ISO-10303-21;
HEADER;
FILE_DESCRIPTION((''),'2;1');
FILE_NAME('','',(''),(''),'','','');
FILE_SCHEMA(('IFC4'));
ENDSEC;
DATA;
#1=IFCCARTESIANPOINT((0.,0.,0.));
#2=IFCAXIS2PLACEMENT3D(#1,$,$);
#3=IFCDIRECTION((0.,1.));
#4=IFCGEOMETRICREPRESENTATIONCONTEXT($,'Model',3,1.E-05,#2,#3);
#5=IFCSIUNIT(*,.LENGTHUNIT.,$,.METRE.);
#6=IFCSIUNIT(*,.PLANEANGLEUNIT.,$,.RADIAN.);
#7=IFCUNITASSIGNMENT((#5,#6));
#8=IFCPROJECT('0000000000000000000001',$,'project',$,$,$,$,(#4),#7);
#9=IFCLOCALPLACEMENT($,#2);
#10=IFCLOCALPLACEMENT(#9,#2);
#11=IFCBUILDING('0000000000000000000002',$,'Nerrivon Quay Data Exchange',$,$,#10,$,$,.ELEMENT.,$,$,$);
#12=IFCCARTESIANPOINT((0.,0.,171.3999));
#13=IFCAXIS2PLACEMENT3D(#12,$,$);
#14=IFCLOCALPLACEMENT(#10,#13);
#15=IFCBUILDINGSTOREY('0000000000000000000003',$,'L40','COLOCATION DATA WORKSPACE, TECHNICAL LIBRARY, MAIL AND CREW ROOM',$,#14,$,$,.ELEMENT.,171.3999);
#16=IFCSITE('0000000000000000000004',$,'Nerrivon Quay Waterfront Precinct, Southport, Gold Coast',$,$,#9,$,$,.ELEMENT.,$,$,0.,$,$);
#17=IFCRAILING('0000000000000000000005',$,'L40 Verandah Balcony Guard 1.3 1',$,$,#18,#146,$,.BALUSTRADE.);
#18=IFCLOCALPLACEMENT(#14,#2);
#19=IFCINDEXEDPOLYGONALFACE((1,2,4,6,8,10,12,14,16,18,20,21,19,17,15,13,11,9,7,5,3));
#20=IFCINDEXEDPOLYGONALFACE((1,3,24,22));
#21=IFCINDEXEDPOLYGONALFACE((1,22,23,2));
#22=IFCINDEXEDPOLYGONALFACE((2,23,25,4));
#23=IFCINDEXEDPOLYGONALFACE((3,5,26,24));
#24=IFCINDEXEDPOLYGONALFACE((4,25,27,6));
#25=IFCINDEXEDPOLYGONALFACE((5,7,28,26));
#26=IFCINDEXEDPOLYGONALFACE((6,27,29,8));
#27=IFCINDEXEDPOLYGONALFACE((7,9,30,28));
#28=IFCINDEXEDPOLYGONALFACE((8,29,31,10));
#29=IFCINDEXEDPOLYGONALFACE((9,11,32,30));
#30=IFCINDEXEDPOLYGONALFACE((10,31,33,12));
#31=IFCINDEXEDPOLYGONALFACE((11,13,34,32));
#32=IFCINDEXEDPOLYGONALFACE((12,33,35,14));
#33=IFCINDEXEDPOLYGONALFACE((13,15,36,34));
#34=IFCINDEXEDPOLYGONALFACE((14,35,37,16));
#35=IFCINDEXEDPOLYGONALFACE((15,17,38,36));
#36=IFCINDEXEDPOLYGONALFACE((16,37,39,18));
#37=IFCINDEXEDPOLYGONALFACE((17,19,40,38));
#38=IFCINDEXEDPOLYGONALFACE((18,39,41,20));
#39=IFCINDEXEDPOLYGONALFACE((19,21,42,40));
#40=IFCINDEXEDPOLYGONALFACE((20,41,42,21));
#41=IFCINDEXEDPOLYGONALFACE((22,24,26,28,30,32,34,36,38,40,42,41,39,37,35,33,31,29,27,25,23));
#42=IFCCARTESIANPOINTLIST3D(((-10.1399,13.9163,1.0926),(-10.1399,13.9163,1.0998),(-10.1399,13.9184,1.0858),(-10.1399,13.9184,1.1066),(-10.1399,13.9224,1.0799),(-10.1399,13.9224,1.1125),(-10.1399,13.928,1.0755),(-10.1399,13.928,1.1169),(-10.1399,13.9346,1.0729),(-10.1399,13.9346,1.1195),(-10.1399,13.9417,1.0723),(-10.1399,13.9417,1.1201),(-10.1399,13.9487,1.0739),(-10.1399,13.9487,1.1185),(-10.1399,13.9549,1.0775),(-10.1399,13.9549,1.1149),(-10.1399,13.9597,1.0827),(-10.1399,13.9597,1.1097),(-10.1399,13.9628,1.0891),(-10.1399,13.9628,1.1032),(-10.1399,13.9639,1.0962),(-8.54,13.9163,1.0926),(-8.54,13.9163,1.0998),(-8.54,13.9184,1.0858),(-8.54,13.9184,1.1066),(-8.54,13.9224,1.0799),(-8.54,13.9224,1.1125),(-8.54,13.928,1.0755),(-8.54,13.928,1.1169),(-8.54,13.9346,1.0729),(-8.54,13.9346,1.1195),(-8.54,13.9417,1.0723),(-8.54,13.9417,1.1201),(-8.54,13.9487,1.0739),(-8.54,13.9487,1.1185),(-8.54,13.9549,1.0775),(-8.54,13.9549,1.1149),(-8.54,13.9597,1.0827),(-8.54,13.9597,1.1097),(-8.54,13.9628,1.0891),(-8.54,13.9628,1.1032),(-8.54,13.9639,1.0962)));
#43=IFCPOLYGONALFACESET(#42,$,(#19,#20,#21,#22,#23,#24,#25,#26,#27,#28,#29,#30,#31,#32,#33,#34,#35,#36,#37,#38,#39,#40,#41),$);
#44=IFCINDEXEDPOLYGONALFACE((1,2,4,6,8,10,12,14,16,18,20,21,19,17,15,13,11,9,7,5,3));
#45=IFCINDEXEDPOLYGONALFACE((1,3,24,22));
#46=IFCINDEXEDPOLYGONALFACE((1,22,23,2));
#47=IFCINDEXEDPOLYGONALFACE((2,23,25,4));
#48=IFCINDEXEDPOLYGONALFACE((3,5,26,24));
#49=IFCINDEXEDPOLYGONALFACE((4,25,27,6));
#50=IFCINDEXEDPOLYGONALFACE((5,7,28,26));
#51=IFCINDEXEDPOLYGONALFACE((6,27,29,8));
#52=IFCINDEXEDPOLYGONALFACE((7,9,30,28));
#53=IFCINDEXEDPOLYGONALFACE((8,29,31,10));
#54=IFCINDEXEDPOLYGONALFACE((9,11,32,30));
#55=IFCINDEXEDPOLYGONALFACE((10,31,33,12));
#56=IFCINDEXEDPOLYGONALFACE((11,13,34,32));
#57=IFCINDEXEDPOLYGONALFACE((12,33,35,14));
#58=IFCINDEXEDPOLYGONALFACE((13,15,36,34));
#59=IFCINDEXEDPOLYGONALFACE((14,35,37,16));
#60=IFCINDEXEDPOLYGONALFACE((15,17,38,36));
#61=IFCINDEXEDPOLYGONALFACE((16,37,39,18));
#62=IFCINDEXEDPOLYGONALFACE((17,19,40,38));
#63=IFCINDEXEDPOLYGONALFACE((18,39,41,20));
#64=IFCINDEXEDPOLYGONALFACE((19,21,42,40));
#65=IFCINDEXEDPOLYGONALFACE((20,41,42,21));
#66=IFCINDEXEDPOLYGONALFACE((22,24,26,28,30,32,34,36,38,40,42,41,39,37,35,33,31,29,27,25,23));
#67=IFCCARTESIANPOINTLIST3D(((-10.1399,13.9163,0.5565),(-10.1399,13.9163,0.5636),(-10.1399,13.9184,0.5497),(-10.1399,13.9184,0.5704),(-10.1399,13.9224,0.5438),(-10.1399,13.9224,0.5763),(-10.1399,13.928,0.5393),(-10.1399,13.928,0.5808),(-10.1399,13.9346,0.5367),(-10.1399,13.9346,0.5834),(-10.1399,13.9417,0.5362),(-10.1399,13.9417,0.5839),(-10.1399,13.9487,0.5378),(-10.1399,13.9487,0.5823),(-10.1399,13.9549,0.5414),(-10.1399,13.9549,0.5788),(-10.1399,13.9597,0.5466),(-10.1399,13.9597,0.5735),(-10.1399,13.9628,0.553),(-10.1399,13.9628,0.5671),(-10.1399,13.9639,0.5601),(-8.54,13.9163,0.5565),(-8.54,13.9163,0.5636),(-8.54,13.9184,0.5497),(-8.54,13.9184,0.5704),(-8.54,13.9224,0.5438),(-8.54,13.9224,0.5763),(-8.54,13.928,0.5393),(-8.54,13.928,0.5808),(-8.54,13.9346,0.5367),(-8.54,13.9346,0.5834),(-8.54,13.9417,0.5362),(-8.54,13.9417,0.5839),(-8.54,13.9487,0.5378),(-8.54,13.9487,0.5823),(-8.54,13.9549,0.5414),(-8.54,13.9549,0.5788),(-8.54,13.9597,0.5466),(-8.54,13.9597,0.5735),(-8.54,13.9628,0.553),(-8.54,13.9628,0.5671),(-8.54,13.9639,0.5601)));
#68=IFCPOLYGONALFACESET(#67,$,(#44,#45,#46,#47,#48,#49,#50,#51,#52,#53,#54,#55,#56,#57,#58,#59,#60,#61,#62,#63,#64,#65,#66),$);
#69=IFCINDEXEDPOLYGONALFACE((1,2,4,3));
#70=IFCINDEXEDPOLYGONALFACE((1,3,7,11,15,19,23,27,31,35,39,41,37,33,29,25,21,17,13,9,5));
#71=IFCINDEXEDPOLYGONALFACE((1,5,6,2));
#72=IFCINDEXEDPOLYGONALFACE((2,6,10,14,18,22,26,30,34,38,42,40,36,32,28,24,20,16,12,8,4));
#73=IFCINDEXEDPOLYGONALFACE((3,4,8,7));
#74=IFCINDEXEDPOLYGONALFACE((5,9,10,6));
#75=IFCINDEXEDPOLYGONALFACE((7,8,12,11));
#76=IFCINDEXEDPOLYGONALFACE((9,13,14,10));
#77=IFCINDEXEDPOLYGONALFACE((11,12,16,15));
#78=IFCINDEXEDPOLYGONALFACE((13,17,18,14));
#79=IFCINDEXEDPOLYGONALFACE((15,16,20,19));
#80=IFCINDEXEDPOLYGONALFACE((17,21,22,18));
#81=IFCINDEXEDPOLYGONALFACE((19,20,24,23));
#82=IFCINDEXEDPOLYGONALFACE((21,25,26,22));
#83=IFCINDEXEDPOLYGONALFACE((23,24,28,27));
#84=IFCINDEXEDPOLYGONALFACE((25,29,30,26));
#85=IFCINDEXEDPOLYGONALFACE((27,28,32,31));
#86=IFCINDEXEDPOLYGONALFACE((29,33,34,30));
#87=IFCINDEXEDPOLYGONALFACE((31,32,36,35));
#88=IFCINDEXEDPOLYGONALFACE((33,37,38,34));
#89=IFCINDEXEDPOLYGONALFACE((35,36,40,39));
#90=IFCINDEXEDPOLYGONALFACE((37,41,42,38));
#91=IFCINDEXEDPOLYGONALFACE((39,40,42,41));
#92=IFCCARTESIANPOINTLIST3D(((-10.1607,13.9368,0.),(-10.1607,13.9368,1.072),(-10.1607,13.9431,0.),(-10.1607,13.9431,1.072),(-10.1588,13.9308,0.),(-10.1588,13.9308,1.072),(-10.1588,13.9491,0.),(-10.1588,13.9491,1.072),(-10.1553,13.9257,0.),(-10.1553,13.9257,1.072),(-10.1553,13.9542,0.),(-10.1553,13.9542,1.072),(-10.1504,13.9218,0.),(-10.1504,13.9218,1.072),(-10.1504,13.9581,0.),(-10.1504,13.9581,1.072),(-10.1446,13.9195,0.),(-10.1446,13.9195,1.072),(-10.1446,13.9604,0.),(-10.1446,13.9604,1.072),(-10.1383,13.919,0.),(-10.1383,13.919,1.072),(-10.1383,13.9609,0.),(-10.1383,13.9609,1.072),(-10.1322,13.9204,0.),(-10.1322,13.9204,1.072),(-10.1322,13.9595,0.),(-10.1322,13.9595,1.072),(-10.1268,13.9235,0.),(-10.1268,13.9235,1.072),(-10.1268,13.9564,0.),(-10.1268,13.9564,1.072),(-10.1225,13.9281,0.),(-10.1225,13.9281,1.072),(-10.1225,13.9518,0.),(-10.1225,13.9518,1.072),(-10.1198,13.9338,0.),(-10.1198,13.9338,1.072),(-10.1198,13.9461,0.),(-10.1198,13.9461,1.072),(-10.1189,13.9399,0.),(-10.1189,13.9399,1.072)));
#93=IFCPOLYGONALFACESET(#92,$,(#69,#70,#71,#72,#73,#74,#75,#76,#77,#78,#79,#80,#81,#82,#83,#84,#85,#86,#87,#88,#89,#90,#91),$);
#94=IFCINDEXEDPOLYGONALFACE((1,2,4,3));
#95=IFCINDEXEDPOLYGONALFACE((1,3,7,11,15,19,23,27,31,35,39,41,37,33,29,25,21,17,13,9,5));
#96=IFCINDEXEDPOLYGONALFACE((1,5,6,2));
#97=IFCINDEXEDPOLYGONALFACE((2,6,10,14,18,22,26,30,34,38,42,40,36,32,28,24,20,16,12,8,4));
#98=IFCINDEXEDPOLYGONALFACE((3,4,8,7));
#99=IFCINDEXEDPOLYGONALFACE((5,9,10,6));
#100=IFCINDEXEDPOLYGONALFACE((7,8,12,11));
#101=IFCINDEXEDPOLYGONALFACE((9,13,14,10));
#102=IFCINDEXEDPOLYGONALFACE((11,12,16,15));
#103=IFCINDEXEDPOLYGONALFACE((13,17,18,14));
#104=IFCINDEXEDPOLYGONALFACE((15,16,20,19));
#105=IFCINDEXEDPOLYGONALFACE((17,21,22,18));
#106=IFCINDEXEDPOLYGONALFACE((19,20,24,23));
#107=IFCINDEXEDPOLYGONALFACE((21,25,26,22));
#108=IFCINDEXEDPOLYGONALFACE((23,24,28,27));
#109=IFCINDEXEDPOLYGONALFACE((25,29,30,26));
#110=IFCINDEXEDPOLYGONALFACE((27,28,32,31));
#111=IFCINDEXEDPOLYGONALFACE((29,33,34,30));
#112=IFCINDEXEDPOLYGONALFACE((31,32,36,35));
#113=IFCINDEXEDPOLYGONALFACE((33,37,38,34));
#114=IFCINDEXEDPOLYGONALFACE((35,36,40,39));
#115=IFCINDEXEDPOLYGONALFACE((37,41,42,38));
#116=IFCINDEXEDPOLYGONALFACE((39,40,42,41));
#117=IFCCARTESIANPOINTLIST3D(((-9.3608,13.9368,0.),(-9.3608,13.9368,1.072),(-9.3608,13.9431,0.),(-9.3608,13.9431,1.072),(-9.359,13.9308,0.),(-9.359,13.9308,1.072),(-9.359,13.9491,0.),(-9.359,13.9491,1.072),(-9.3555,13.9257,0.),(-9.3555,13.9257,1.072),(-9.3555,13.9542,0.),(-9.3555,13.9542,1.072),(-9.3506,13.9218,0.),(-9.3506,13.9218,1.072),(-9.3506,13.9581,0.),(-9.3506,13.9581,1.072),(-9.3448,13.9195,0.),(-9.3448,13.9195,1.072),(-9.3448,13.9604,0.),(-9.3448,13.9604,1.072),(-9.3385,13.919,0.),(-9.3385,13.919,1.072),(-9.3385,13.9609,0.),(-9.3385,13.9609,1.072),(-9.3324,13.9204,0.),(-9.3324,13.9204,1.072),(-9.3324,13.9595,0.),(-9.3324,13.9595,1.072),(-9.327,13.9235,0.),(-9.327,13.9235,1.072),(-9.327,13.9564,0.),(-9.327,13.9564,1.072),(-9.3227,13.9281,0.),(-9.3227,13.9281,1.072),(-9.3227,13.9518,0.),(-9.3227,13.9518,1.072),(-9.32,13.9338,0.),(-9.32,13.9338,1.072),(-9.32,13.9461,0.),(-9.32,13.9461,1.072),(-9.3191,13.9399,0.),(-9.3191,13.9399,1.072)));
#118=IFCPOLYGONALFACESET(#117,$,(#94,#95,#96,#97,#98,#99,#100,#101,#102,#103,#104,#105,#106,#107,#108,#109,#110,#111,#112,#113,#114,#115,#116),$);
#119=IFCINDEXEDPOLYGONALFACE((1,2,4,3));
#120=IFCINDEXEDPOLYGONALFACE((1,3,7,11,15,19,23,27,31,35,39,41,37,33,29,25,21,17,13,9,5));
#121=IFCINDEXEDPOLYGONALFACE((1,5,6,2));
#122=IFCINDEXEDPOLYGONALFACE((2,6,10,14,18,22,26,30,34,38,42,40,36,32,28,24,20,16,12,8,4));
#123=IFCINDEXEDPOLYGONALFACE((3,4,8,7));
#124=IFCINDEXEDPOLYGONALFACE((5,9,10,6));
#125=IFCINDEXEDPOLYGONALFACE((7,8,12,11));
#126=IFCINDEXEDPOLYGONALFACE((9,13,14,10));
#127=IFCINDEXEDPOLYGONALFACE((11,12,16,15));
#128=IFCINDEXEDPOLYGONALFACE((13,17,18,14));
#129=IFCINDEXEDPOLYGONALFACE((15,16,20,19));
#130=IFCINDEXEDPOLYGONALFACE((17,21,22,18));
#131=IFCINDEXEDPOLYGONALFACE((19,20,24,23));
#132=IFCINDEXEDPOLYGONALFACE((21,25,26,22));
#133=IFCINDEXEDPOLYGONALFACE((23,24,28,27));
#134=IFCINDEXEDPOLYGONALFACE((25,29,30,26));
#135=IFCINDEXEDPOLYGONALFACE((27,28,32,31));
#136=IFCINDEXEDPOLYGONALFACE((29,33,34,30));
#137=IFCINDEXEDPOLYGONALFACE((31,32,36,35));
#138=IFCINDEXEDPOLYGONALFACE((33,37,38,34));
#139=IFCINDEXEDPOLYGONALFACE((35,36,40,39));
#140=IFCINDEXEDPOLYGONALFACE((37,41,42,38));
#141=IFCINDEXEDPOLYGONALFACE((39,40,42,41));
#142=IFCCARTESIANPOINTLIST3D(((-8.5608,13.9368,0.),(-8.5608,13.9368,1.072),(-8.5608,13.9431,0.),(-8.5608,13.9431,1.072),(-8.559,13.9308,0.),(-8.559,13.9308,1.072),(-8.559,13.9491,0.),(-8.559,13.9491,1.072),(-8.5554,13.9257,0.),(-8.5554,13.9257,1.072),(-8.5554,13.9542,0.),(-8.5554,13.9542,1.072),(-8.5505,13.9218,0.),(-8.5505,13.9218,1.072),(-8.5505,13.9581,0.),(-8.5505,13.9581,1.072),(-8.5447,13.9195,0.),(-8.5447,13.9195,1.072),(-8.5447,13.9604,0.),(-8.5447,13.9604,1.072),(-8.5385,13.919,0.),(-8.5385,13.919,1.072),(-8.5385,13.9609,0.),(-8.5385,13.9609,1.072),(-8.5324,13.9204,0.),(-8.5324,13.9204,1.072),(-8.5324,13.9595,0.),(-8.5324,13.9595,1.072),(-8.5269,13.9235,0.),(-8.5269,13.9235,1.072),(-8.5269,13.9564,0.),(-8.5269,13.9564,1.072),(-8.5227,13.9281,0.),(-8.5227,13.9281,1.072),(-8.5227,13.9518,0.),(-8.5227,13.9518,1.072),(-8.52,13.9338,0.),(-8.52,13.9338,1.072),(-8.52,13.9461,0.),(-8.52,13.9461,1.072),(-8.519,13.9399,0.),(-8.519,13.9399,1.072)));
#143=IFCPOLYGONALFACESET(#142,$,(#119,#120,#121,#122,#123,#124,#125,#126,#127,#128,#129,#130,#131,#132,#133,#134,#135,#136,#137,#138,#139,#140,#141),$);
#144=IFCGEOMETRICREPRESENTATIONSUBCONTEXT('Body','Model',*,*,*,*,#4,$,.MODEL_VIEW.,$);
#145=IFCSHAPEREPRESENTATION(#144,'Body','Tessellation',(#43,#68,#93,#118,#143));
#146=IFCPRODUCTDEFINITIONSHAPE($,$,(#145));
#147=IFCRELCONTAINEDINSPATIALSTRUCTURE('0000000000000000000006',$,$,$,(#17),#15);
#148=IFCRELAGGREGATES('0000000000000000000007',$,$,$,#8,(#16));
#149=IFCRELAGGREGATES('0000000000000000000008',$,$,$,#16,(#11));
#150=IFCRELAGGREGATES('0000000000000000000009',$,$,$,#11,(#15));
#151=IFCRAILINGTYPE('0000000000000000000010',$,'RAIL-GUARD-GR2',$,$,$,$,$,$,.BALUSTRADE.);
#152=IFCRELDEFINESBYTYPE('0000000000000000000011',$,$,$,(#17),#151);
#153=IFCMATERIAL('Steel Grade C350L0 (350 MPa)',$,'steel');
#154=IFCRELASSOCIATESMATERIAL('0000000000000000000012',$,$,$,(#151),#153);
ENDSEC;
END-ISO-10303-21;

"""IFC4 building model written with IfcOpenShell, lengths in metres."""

from ifc_helpers import new_model, si_unit, direction, frame, origin, origin_2d, place, context, subcontext, project, spatial, circle, extrude, material, type_object, element, save


model = new_model("IFC4")

# Units and contexts
model_context = context("Model", 3, precision=1e-05, world=origin(), true_north=direction((0.0, 1.0)))
body_context = subcontext(model_context, "Body", "Model", "MODEL_VIEW")
ifc_project = project(units=[si_unit("LENGTHUNIT", "METRE"), si_unit("PLANEANGLEUNIT", "RADIAN")], contexts=[model_context])

# Site, building, storey
site_placement = place(None, origin())
site = spatial("IfcSite", under=ifc_project, at=site_placement, Name="Nerrivon Quay Waterfront Precinct, Southport, Gold Coast", CompositionType="ELEMENT", RefElevation=0.0)
building_placement = place(site_placement, origin())
building = spatial("IfcBuilding", under=site, at=building_placement, Name="Nerrivon Quay Data Exchange", CompositionType="ELEMENT")
storey_placement = place(building_placement, frame((0.0, 0.0, 171.3999)))
storey = spatial("IfcBuildingStorey", under=building, at=storey_placement, Name="L40", Description="COLOCATION DATA WORKSPACE, TECHNICAL LIBRARY, MAIL AND CREW ROOM", CompositionType="ELEMENT", Elevation=171.3999)

# Shared definitions
ifc_material_1 = material(Name="Steel Grade C350L0 (350 MPa)", Category="steel")

# Railing
railing_type = type_object("IfcRailingType", Name="RAIL-GUARD-GR2", PredefinedType="BALUSTRADE", material=ifc_material_1)
railing_1_placement = place(storey_placement, frame((-10.1399, 13.9399, 0.0)))
element("IfcRailing", 1, at=railing_1_placement, inside=storey, type_object=railing_type, Name="L40 Verandah Balcony Guard 1.3 1", PredefinedType="BALUSTRADE", context=body_context, shape_type="SweptSolid", body=[
    extrude(circle(Radius=0.0239, at=origin_2d()), frame((0.0, 0.0, 1.0962), z_axis=(1.0, 0.0, 0.0), x_axis=(0.0, 1.0, 0.0)), (0.0, 0.0, 1.0), 1.5999),
    extrude(circle(Radius=0.0239, at=origin_2d()), frame((0.0, 0.0, 0.5601), z_axis=(1.0, 0.0, 0.0), x_axis=(0.0, 1.0, 0.0)), (0.0, 0.0, 1.0), 1.5999),
    extrude(circle(Radius=0.021, at=origin_2d()), origin(), (0.0, 0.0, 1.0), 1.072),
    extrude(circle(Radius=0.021, at=origin_2d()), frame((0.7998, 0.0, 0.0)), (0.0, 0.0, 1.0), 1.072),
    extrude(circle(Radius=0.021, at=origin_2d()), frame((1.5999, 0.0, 0.0)), (0.0, 0.0, 1.0), 1.072),
])

save(model, "model.ifc")
